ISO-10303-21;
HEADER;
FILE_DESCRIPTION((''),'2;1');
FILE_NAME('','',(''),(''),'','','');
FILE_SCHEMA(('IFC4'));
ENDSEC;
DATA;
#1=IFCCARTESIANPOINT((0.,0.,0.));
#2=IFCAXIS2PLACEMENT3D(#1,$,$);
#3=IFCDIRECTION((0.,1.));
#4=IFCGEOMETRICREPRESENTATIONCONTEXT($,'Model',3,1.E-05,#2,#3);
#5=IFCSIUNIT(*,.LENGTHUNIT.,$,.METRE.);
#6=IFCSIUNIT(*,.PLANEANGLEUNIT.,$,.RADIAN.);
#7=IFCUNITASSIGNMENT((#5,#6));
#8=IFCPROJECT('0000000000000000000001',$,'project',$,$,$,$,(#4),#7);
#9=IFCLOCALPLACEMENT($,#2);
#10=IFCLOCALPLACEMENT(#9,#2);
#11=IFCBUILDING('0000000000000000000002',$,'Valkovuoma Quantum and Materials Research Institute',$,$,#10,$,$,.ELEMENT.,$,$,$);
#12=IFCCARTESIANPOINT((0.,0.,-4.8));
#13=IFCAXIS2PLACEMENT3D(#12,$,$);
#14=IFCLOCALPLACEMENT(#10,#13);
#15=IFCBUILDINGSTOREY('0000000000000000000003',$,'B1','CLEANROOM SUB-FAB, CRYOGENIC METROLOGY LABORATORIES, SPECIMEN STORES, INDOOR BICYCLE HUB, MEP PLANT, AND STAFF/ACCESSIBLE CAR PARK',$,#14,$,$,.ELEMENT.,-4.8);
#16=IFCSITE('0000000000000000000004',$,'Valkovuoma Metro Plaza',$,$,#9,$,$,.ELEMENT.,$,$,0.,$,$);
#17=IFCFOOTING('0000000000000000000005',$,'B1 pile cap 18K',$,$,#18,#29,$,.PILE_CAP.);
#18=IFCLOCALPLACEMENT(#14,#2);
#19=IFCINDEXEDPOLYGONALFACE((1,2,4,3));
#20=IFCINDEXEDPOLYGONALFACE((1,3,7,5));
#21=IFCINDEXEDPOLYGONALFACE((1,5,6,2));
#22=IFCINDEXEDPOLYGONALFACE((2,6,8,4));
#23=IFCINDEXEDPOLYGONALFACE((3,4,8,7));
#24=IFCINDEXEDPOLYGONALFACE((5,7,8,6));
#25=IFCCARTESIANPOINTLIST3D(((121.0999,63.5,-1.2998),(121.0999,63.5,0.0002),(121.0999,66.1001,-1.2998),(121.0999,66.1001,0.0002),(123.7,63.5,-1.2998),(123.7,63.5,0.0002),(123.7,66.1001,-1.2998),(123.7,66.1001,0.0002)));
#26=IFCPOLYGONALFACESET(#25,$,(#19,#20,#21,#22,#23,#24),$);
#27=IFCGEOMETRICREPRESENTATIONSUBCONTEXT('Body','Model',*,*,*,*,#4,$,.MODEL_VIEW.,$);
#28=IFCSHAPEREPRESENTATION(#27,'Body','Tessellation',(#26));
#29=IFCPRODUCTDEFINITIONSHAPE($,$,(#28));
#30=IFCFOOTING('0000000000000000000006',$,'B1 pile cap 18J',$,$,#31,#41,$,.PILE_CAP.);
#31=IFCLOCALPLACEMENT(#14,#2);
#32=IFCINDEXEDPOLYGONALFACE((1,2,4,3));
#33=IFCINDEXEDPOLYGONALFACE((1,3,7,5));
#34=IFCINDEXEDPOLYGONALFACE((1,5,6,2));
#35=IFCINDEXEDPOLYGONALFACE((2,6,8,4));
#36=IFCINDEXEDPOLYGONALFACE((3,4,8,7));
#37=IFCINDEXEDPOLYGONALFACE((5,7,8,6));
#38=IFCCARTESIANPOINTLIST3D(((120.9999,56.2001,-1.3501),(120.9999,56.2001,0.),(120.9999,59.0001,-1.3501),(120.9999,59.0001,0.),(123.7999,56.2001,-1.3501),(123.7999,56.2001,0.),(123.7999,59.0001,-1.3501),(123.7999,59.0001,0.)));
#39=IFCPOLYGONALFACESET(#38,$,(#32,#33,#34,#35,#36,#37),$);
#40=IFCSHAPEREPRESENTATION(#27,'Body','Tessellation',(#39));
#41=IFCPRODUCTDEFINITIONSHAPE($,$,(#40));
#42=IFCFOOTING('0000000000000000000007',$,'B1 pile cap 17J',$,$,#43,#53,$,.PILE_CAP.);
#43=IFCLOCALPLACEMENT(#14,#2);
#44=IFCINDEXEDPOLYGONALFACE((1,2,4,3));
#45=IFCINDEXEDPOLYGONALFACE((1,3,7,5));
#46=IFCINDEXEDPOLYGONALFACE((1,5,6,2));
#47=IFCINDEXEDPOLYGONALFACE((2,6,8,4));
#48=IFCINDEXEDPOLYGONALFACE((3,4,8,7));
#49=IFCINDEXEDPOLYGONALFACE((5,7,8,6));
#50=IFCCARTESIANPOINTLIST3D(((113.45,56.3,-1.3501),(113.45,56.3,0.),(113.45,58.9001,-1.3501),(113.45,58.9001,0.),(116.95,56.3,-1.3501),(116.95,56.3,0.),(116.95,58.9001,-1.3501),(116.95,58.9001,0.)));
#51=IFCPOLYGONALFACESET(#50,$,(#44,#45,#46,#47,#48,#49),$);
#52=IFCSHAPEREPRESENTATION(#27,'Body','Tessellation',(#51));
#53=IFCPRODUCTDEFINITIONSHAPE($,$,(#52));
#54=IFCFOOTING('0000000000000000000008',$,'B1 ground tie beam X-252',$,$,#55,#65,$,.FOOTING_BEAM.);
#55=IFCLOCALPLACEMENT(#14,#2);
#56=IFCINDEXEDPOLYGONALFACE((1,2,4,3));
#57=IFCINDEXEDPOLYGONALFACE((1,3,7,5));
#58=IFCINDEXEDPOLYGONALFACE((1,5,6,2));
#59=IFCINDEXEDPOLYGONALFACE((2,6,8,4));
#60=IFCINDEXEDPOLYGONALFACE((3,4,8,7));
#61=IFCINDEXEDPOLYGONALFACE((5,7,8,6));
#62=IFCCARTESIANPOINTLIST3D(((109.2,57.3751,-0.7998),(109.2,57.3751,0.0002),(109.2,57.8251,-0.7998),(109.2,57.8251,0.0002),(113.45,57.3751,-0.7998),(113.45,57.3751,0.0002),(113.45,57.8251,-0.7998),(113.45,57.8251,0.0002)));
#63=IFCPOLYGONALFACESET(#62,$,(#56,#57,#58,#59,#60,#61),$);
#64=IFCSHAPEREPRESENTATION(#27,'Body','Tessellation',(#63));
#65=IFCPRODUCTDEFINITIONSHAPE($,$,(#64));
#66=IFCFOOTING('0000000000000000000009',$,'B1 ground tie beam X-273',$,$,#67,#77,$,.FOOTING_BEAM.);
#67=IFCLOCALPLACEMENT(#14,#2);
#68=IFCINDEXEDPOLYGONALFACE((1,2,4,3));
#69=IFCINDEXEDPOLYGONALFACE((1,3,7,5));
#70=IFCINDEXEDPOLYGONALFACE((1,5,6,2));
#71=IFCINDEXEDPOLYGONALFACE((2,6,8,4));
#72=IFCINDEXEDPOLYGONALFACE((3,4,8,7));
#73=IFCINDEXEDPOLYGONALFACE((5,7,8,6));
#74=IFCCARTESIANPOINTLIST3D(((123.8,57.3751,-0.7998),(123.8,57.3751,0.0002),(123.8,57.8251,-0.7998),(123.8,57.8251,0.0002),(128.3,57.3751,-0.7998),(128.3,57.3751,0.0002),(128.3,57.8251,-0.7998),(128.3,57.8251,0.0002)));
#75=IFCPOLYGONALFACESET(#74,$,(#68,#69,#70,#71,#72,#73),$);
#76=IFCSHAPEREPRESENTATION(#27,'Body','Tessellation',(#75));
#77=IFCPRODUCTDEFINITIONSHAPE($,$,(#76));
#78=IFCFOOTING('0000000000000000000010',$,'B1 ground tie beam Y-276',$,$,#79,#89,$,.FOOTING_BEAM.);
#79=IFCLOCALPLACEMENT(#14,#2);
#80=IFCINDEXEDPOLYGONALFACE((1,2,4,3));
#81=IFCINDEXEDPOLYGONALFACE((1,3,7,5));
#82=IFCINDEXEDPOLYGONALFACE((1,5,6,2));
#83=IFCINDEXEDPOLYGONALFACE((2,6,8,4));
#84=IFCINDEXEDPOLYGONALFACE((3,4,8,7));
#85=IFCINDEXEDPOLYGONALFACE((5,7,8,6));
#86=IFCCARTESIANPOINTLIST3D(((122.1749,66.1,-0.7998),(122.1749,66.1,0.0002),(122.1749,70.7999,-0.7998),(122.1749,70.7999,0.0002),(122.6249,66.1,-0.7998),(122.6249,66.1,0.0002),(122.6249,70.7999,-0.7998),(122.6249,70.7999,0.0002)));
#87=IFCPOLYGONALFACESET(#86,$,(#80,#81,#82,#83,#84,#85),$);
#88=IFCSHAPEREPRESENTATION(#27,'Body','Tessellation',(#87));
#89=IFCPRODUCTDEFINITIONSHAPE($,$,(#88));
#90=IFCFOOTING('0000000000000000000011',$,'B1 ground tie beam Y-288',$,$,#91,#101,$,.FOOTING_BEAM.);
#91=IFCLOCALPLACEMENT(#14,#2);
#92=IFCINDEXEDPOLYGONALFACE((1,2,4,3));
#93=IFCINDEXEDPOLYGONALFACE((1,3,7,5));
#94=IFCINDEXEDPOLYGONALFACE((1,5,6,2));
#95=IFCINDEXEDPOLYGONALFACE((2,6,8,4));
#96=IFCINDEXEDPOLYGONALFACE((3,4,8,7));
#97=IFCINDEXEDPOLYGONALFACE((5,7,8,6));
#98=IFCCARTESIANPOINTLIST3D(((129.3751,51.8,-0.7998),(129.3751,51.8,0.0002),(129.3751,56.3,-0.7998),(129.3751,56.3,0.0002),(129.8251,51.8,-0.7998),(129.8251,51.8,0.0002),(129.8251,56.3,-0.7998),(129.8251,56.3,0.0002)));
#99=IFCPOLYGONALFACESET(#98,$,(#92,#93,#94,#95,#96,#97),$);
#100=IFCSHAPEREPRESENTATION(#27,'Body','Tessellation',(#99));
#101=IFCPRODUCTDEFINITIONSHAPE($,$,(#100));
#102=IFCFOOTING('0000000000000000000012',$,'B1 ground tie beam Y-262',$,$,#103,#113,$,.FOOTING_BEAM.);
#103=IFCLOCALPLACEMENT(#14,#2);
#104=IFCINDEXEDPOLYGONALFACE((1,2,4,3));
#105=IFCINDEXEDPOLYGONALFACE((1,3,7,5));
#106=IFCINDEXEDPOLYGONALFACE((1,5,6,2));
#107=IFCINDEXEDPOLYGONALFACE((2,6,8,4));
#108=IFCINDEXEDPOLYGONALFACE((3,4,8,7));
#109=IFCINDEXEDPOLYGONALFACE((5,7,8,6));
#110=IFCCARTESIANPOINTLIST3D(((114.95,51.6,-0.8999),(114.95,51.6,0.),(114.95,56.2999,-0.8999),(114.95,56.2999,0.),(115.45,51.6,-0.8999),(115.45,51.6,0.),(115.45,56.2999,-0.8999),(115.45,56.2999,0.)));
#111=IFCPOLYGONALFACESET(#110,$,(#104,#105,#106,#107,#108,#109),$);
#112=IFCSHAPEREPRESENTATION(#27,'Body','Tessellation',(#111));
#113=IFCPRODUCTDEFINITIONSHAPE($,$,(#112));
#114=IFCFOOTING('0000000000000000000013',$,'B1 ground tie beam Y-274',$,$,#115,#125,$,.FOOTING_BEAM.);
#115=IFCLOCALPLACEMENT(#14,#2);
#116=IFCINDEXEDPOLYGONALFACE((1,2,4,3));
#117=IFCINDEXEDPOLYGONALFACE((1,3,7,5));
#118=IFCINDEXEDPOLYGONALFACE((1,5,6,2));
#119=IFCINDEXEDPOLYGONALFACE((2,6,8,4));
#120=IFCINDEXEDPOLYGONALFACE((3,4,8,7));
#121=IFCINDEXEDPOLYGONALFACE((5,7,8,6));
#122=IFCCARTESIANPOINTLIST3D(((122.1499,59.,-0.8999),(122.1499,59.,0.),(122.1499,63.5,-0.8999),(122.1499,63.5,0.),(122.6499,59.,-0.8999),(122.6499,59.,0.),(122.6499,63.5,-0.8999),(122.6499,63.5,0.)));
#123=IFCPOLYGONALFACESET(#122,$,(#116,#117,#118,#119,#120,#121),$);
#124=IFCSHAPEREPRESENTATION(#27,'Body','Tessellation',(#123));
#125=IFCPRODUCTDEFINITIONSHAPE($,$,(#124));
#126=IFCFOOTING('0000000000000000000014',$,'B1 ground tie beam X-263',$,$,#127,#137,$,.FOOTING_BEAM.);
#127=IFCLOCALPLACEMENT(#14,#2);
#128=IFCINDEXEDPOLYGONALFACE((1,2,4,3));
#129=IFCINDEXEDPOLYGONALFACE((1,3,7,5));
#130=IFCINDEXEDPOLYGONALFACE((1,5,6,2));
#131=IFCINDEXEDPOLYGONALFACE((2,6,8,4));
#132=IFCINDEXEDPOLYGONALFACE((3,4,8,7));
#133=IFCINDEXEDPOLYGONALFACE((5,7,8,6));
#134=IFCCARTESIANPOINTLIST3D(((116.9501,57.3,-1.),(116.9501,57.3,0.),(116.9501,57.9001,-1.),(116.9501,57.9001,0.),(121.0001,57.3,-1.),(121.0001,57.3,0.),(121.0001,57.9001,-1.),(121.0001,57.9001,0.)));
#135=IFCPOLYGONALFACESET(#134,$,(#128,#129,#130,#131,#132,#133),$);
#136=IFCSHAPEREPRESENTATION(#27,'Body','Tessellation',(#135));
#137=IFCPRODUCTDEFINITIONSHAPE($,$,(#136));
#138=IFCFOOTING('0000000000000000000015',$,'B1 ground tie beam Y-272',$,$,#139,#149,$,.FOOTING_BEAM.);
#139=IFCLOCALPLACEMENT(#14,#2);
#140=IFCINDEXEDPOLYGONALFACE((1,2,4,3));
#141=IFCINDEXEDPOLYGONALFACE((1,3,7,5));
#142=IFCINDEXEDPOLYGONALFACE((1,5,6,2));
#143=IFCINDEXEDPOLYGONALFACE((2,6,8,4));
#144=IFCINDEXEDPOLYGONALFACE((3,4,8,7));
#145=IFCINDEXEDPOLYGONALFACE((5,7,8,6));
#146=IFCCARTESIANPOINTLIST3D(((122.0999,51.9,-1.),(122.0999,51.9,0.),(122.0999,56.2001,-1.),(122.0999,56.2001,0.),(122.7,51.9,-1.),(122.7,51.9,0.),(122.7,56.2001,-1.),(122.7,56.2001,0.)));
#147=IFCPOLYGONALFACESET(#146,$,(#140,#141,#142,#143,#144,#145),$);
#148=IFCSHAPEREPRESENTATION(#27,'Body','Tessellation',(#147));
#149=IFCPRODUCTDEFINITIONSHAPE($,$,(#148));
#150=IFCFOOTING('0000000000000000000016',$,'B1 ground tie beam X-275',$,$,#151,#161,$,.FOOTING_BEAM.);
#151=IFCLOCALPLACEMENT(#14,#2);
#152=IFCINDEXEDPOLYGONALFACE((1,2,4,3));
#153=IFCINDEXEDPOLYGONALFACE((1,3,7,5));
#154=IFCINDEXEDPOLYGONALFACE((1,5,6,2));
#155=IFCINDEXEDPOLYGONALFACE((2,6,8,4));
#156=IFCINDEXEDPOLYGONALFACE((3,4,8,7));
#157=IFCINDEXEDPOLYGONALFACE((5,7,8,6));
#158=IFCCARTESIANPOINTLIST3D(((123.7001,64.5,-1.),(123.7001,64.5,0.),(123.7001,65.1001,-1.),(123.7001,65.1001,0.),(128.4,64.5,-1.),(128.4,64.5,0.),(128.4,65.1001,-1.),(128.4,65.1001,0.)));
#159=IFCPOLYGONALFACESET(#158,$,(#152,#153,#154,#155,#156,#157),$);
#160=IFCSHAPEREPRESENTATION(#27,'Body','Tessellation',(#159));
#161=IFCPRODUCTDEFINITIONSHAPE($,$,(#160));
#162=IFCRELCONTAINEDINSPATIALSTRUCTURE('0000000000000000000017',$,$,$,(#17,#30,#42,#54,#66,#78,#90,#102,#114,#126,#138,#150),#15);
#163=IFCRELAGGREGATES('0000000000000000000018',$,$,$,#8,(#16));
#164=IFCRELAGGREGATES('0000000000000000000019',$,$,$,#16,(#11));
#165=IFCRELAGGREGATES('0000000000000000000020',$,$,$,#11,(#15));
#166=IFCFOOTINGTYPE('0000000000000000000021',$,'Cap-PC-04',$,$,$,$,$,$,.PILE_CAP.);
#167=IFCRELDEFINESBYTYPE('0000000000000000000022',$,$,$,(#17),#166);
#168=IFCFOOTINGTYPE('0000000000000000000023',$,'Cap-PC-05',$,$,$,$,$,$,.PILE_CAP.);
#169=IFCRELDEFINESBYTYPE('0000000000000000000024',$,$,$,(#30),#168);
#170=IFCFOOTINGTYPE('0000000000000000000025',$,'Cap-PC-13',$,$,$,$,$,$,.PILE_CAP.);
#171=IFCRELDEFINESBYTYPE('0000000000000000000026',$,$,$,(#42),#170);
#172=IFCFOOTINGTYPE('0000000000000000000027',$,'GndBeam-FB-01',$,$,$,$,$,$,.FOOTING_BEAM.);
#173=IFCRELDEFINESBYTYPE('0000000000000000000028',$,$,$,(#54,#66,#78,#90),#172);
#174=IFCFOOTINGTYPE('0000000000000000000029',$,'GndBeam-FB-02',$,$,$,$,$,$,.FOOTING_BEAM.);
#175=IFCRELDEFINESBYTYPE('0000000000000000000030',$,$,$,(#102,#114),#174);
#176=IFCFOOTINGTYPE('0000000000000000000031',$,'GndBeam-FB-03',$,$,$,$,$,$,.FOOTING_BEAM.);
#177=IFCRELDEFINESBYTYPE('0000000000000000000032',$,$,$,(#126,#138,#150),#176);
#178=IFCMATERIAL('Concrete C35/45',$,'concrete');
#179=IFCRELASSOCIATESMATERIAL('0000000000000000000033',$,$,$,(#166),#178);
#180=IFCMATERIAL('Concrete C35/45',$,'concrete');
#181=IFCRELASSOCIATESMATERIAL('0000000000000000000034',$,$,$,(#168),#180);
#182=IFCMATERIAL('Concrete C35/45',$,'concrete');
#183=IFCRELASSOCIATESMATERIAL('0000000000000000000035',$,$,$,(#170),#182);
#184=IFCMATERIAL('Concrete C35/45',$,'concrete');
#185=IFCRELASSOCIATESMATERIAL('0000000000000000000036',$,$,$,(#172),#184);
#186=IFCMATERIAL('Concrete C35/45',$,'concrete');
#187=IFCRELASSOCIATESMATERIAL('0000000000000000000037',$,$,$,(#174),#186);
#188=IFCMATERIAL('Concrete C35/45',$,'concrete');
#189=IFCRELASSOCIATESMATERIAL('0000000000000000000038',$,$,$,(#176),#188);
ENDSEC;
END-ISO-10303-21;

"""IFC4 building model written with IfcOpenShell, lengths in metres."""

from ifc_helpers import new_model, si_unit, direction, frame, origin, origin_2d, place, context, subcontext, project, spatial, rectangle, extrude, material, type_object, element, save


model = new_model("IFC4")

# Units and contexts
model_context = context("Model", 3, precision=1e-05, world=origin(), true_north=direction((0.0, 1.0)))
body_context = subcontext(model_context, "Body", "Model", "MODEL_VIEW")
ifc_project = project(units=[si_unit("LENGTHUNIT", "METRE"), si_unit("PLANEANGLEUNIT", "RADIAN")], contexts=[model_context])

# Site, building, storey
site_placement = place(None, origin())
site = spatial("IfcSite", under=ifc_project, at=site_placement, Name="Valkovuoma Metro Plaza", CompositionType="ELEMENT", RefElevation=0.0)
building_placement = place(site_placement, origin())
building = spatial("IfcBuilding", under=site, at=building_placement, Name="Valkovuoma Quantum and Materials Research Institute", CompositionType="ELEMENT")
storey_placement = place(building_placement, frame((0.0, 0.0, -4.8)))
storey = spatial("IfcBuildingStorey", under=building, at=storey_placement, Name="B1", Description="CLEANROOM SUB-FAB, CRYOGENIC METROLOGY LABORATORIES, SPECIMEN STORES, INDOOR BICYCLE HUB, MEP PLANT, AND STAFF/ACCESSIBLE CAR PARK", CompositionType="ELEMENT", Elevation=-4.8)

# Footings
ifc_material_1 = material(Name="Concrete C35/45", Category="concrete")
footing_type_1 = type_object("IfcFootingType", Name="Cap-PC-04", PredefinedType="PILE_CAP", material=ifc_material_1)
footing_1_placement = place(storey_placement, frame((122.3999, 64.8, -1.2998), z_axis=(0.0, 0.0, 1.0), x_axis=(1.0, 0.0, 0.0)))
element("IfcFooting", 1, at=footing_1_placement, inside=storey, type_object=footing_type_1, Name="B1 pile cap 18K", PredefinedType="PILE_CAP", context=body_context, shape_type="SweptSolid", body=[
    extrude(rectangle(XDim=2.6001, YDim=2.6001, at=origin_2d()), origin(), (0.0, 0.0, 1.0), 1.3),
])
ifc_material_2 = material(Name="Concrete C35/45", Category="concrete")
footing_type_2 = type_object("IfcFootingType", Name="Cap-PC-05", PredefinedType="PILE_CAP", material=ifc_material_2)
footing_2_placement = place(storey_placement, frame((122.3999, 57.6001, -1.3501), z_axis=(0.0, 0.0, 1.0), x_axis=(1.0, 0.0, 0.0)))
element("IfcFooting", 2, at=footing_2_placement, inside=storey, type_object=footing_type_2, Name="B1 pile cap 18J", PredefinedType="PILE_CAP", context=body_context, shape_type="SweptSolid", body=[
    extrude(rectangle(XDim=2.8, YDim=2.8, at=origin_2d()), origin(), (0.0, 0.0, 1.0), 1.3501),
])
ifc_material_3 = material(Name="Concrete C35/45", Category="concrete")
footing_type_3 = type_object("IfcFootingType", Name="Cap-PC-13", PredefinedType="PILE_CAP", material=ifc_material_3)
footing_3_placement = place(storey_placement, frame((115.2, 57.6001, -1.3501), z_axis=(0.0, 0.0, 1.0), x_axis=(1.0, 0.0, 0.0)))
element("IfcFooting", 3, at=footing_3_placement, inside=storey, type_object=footing_type_3, Name="B1 pile cap 17J", PredefinedType="PILE_CAP", context=body_context, shape_type="SweptSolid", body=[
    extrude(rectangle(XDim=3.5, YDim=2.6001, at=origin_2d()), origin(), (0.0, 0.0, 1.0), 1.3501),
])
ifc_material_4 = material(Name="Concrete C35/45", Category="concrete")
footing_type_4 = type_object("IfcFootingType", Name="GndBeam-FB-01", PredefinedType="FOOTING_BEAM", material=ifc_material_4)
footing_4_placement = place(storey_placement, frame((111.325, 57.6001, -0.7998), z_axis=(0.0, 0.0, 1.0), x_axis=(1.0, 0.0, 0.0)))
element("IfcFooting", 4, at=footing_4_placement, inside=storey, type_object=footing_type_4, Name="B1 ground tie beam X-252", PredefinedType="FOOTING_BEAM", context=body_context, shape_type="SweptSolid", body=[
    extrude(rectangle(XDim=4.25, YDim=0.45, at=origin_2d()), origin(), (0.0, 0.0, 1.0), 0.8),
])
footing_5_placement = place(storey_placement, frame((126.05, 57.6001, -0.7998), z_axis=(0.0, 0.0, 1.0), x_axis=(1.0, 0.0, 0.0)))
element("IfcFooting", 5, at=footing_5_placement, inside=storey, type_object=footing_type_4, Name="B1 ground tie beam X-273", PredefinedType="FOOTING_BEAM", context=body_context, shape_type="SweptSolid", body=[
    extrude(rectangle(XDim=4.5, YDim=0.45, at=origin_2d()), origin(), (0.0, 0.0, 1.0), 0.8),
])
footing_6_placement = place(storey_placement, frame((122.3999, 68.45, -0.7998), z_axis=(0.0, 0.0, 1.0), x_axis=(0.0, 1.0, 0.0)))
element("IfcFooting", 6, at=footing_6_placement, inside=storey, type_object=footing_type_4, Name="B1 ground tie beam Y-276", PredefinedType="FOOTING_BEAM", context=body_context, shape_type="SweptSolid", body=[
    extrude(rectangle(XDim=4.7, YDim=0.45, at=origin_2d()), origin(), (0.0, 0.0, 1.0), 0.8),
])
footing_7_placement = place(storey_placement, frame((129.6001, 54.05, -0.7998), z_axis=(0.0, 0.0, 1.0), x_axis=(0.0, 1.0, 0.0)))
element("IfcFooting", 7, at=footing_7_placement, inside=storey, type_object=footing_type_4, Name="B1 ground tie beam Y-288", PredefinedType="FOOTING_BEAM", context=body_context, shape_type="SweptSolid", body=[
    extrude(rectangle(XDim=4.5, YDim=0.45, at=origin_2d()), origin(), (0.0, 0.0, 1.0), 0.8),
])
ifc_material_5 = material(Name="Concrete C35/45", Category="concrete")
footing_type_5 = type_object("IfcFootingType", Name="GndBeam-FB-02", PredefinedType="FOOTING_BEAM", material=ifc_material_5)
footing_8_placement = place(storey_placement, frame((115.2, 53.95, -0.8999), z_axis=(0.0, 0.0, 1.0), x_axis=(0.0, 1.0, 0.0)))
element("IfcFooting", 8, at=footing_8_placement, inside=storey, type_object=footing_type_5, Name="B1 ground tie beam Y-262", PredefinedType="FOOTING_BEAM", context=body_context, shape_type="SweptSolid", body=[
    extrude(rectangle(XDim=4.7, YDim=0.5, at=origin_2d()), origin(), (0.0, 0.0, 1.0), 0.8999),
])
footing_9_placement = place(storey_placement, frame((122.3999, 61.25, -0.8999), z_axis=(0.0, 0.0, 1.0), x_axis=(0.0, 1.0, 0.0)))
element("IfcFooting", 9, at=footing_9_placement, inside=storey, type_object=footing_type_5, Name="B1 ground tie beam Y-274", PredefinedType="FOOTING_BEAM", context=body_context, shape_type="SweptSolid", body=[
    extrude(rectangle(XDim=4.5, YDim=0.5, at=origin_2d()), origin(), (0.0, 0.0, 1.0), 0.8999),
])
ifc_material_6 = material(Name="Concrete C35/45", Category="concrete")
footing_type_6 = type_object("IfcFootingType", Name="GndBeam-FB-03", PredefinedType="FOOTING_BEAM", material=ifc_material_6)
footing_10_placement = place(storey_placement, frame((118.9751, 57.6001, -1.0), z_axis=(0.0, 0.0, 1.0), x_axis=(1.0, 0.0, 0.0)))
element("IfcFooting", 10, at=footing_10_placement, inside=storey, type_object=footing_type_6, Name="B1 ground tie beam X-263", PredefinedType="FOOTING_BEAM", context=body_context, shape_type="SweptSolid", body=[
    extrude(rectangle(XDim=4.05, YDim=0.6001, at=origin_2d()), origin(), (0.0, 0.0, 1.0), 1.0),
])
footing_11_placement = place(storey_placement, frame((122.3999, 54.05, -1.0), z_axis=(0.0, 0.0, 1.0), x_axis=(0.0, 1.0, 0.0)))
element("IfcFooting", 11, at=footing_11_placement, inside=storey, type_object=footing_type_6, Name="B1 ground tie beam Y-272", PredefinedType="FOOTING_BEAM", context=body_context, shape_type="SweptSolid", body=[
    extrude(rectangle(XDim=4.3, YDim=0.6001, at=origin_2d()), origin(), (0.0, 0.0, 1.0), 1.0),
])
footing_12_placement = place(storey_placement, frame((126.05, 64.8, -1.0), z_axis=(0.0, 0.0, 1.0), x_axis=(1.0, 0.0, 0.0)))
element("IfcFooting", 12, at=footing_12_placement, inside=storey, type_object=footing_type_6, Name="B1 ground tie beam X-275", PredefinedType="FOOTING_BEAM", context=body_context, shape_type="SweptSolid", body=[
    extrude(rectangle(XDim=4.7, YDim=0.6001, at=origin_2d()), origin(), (0.0, 0.0, 1.0), 1.0),
])

save(model, "model.ifc")
